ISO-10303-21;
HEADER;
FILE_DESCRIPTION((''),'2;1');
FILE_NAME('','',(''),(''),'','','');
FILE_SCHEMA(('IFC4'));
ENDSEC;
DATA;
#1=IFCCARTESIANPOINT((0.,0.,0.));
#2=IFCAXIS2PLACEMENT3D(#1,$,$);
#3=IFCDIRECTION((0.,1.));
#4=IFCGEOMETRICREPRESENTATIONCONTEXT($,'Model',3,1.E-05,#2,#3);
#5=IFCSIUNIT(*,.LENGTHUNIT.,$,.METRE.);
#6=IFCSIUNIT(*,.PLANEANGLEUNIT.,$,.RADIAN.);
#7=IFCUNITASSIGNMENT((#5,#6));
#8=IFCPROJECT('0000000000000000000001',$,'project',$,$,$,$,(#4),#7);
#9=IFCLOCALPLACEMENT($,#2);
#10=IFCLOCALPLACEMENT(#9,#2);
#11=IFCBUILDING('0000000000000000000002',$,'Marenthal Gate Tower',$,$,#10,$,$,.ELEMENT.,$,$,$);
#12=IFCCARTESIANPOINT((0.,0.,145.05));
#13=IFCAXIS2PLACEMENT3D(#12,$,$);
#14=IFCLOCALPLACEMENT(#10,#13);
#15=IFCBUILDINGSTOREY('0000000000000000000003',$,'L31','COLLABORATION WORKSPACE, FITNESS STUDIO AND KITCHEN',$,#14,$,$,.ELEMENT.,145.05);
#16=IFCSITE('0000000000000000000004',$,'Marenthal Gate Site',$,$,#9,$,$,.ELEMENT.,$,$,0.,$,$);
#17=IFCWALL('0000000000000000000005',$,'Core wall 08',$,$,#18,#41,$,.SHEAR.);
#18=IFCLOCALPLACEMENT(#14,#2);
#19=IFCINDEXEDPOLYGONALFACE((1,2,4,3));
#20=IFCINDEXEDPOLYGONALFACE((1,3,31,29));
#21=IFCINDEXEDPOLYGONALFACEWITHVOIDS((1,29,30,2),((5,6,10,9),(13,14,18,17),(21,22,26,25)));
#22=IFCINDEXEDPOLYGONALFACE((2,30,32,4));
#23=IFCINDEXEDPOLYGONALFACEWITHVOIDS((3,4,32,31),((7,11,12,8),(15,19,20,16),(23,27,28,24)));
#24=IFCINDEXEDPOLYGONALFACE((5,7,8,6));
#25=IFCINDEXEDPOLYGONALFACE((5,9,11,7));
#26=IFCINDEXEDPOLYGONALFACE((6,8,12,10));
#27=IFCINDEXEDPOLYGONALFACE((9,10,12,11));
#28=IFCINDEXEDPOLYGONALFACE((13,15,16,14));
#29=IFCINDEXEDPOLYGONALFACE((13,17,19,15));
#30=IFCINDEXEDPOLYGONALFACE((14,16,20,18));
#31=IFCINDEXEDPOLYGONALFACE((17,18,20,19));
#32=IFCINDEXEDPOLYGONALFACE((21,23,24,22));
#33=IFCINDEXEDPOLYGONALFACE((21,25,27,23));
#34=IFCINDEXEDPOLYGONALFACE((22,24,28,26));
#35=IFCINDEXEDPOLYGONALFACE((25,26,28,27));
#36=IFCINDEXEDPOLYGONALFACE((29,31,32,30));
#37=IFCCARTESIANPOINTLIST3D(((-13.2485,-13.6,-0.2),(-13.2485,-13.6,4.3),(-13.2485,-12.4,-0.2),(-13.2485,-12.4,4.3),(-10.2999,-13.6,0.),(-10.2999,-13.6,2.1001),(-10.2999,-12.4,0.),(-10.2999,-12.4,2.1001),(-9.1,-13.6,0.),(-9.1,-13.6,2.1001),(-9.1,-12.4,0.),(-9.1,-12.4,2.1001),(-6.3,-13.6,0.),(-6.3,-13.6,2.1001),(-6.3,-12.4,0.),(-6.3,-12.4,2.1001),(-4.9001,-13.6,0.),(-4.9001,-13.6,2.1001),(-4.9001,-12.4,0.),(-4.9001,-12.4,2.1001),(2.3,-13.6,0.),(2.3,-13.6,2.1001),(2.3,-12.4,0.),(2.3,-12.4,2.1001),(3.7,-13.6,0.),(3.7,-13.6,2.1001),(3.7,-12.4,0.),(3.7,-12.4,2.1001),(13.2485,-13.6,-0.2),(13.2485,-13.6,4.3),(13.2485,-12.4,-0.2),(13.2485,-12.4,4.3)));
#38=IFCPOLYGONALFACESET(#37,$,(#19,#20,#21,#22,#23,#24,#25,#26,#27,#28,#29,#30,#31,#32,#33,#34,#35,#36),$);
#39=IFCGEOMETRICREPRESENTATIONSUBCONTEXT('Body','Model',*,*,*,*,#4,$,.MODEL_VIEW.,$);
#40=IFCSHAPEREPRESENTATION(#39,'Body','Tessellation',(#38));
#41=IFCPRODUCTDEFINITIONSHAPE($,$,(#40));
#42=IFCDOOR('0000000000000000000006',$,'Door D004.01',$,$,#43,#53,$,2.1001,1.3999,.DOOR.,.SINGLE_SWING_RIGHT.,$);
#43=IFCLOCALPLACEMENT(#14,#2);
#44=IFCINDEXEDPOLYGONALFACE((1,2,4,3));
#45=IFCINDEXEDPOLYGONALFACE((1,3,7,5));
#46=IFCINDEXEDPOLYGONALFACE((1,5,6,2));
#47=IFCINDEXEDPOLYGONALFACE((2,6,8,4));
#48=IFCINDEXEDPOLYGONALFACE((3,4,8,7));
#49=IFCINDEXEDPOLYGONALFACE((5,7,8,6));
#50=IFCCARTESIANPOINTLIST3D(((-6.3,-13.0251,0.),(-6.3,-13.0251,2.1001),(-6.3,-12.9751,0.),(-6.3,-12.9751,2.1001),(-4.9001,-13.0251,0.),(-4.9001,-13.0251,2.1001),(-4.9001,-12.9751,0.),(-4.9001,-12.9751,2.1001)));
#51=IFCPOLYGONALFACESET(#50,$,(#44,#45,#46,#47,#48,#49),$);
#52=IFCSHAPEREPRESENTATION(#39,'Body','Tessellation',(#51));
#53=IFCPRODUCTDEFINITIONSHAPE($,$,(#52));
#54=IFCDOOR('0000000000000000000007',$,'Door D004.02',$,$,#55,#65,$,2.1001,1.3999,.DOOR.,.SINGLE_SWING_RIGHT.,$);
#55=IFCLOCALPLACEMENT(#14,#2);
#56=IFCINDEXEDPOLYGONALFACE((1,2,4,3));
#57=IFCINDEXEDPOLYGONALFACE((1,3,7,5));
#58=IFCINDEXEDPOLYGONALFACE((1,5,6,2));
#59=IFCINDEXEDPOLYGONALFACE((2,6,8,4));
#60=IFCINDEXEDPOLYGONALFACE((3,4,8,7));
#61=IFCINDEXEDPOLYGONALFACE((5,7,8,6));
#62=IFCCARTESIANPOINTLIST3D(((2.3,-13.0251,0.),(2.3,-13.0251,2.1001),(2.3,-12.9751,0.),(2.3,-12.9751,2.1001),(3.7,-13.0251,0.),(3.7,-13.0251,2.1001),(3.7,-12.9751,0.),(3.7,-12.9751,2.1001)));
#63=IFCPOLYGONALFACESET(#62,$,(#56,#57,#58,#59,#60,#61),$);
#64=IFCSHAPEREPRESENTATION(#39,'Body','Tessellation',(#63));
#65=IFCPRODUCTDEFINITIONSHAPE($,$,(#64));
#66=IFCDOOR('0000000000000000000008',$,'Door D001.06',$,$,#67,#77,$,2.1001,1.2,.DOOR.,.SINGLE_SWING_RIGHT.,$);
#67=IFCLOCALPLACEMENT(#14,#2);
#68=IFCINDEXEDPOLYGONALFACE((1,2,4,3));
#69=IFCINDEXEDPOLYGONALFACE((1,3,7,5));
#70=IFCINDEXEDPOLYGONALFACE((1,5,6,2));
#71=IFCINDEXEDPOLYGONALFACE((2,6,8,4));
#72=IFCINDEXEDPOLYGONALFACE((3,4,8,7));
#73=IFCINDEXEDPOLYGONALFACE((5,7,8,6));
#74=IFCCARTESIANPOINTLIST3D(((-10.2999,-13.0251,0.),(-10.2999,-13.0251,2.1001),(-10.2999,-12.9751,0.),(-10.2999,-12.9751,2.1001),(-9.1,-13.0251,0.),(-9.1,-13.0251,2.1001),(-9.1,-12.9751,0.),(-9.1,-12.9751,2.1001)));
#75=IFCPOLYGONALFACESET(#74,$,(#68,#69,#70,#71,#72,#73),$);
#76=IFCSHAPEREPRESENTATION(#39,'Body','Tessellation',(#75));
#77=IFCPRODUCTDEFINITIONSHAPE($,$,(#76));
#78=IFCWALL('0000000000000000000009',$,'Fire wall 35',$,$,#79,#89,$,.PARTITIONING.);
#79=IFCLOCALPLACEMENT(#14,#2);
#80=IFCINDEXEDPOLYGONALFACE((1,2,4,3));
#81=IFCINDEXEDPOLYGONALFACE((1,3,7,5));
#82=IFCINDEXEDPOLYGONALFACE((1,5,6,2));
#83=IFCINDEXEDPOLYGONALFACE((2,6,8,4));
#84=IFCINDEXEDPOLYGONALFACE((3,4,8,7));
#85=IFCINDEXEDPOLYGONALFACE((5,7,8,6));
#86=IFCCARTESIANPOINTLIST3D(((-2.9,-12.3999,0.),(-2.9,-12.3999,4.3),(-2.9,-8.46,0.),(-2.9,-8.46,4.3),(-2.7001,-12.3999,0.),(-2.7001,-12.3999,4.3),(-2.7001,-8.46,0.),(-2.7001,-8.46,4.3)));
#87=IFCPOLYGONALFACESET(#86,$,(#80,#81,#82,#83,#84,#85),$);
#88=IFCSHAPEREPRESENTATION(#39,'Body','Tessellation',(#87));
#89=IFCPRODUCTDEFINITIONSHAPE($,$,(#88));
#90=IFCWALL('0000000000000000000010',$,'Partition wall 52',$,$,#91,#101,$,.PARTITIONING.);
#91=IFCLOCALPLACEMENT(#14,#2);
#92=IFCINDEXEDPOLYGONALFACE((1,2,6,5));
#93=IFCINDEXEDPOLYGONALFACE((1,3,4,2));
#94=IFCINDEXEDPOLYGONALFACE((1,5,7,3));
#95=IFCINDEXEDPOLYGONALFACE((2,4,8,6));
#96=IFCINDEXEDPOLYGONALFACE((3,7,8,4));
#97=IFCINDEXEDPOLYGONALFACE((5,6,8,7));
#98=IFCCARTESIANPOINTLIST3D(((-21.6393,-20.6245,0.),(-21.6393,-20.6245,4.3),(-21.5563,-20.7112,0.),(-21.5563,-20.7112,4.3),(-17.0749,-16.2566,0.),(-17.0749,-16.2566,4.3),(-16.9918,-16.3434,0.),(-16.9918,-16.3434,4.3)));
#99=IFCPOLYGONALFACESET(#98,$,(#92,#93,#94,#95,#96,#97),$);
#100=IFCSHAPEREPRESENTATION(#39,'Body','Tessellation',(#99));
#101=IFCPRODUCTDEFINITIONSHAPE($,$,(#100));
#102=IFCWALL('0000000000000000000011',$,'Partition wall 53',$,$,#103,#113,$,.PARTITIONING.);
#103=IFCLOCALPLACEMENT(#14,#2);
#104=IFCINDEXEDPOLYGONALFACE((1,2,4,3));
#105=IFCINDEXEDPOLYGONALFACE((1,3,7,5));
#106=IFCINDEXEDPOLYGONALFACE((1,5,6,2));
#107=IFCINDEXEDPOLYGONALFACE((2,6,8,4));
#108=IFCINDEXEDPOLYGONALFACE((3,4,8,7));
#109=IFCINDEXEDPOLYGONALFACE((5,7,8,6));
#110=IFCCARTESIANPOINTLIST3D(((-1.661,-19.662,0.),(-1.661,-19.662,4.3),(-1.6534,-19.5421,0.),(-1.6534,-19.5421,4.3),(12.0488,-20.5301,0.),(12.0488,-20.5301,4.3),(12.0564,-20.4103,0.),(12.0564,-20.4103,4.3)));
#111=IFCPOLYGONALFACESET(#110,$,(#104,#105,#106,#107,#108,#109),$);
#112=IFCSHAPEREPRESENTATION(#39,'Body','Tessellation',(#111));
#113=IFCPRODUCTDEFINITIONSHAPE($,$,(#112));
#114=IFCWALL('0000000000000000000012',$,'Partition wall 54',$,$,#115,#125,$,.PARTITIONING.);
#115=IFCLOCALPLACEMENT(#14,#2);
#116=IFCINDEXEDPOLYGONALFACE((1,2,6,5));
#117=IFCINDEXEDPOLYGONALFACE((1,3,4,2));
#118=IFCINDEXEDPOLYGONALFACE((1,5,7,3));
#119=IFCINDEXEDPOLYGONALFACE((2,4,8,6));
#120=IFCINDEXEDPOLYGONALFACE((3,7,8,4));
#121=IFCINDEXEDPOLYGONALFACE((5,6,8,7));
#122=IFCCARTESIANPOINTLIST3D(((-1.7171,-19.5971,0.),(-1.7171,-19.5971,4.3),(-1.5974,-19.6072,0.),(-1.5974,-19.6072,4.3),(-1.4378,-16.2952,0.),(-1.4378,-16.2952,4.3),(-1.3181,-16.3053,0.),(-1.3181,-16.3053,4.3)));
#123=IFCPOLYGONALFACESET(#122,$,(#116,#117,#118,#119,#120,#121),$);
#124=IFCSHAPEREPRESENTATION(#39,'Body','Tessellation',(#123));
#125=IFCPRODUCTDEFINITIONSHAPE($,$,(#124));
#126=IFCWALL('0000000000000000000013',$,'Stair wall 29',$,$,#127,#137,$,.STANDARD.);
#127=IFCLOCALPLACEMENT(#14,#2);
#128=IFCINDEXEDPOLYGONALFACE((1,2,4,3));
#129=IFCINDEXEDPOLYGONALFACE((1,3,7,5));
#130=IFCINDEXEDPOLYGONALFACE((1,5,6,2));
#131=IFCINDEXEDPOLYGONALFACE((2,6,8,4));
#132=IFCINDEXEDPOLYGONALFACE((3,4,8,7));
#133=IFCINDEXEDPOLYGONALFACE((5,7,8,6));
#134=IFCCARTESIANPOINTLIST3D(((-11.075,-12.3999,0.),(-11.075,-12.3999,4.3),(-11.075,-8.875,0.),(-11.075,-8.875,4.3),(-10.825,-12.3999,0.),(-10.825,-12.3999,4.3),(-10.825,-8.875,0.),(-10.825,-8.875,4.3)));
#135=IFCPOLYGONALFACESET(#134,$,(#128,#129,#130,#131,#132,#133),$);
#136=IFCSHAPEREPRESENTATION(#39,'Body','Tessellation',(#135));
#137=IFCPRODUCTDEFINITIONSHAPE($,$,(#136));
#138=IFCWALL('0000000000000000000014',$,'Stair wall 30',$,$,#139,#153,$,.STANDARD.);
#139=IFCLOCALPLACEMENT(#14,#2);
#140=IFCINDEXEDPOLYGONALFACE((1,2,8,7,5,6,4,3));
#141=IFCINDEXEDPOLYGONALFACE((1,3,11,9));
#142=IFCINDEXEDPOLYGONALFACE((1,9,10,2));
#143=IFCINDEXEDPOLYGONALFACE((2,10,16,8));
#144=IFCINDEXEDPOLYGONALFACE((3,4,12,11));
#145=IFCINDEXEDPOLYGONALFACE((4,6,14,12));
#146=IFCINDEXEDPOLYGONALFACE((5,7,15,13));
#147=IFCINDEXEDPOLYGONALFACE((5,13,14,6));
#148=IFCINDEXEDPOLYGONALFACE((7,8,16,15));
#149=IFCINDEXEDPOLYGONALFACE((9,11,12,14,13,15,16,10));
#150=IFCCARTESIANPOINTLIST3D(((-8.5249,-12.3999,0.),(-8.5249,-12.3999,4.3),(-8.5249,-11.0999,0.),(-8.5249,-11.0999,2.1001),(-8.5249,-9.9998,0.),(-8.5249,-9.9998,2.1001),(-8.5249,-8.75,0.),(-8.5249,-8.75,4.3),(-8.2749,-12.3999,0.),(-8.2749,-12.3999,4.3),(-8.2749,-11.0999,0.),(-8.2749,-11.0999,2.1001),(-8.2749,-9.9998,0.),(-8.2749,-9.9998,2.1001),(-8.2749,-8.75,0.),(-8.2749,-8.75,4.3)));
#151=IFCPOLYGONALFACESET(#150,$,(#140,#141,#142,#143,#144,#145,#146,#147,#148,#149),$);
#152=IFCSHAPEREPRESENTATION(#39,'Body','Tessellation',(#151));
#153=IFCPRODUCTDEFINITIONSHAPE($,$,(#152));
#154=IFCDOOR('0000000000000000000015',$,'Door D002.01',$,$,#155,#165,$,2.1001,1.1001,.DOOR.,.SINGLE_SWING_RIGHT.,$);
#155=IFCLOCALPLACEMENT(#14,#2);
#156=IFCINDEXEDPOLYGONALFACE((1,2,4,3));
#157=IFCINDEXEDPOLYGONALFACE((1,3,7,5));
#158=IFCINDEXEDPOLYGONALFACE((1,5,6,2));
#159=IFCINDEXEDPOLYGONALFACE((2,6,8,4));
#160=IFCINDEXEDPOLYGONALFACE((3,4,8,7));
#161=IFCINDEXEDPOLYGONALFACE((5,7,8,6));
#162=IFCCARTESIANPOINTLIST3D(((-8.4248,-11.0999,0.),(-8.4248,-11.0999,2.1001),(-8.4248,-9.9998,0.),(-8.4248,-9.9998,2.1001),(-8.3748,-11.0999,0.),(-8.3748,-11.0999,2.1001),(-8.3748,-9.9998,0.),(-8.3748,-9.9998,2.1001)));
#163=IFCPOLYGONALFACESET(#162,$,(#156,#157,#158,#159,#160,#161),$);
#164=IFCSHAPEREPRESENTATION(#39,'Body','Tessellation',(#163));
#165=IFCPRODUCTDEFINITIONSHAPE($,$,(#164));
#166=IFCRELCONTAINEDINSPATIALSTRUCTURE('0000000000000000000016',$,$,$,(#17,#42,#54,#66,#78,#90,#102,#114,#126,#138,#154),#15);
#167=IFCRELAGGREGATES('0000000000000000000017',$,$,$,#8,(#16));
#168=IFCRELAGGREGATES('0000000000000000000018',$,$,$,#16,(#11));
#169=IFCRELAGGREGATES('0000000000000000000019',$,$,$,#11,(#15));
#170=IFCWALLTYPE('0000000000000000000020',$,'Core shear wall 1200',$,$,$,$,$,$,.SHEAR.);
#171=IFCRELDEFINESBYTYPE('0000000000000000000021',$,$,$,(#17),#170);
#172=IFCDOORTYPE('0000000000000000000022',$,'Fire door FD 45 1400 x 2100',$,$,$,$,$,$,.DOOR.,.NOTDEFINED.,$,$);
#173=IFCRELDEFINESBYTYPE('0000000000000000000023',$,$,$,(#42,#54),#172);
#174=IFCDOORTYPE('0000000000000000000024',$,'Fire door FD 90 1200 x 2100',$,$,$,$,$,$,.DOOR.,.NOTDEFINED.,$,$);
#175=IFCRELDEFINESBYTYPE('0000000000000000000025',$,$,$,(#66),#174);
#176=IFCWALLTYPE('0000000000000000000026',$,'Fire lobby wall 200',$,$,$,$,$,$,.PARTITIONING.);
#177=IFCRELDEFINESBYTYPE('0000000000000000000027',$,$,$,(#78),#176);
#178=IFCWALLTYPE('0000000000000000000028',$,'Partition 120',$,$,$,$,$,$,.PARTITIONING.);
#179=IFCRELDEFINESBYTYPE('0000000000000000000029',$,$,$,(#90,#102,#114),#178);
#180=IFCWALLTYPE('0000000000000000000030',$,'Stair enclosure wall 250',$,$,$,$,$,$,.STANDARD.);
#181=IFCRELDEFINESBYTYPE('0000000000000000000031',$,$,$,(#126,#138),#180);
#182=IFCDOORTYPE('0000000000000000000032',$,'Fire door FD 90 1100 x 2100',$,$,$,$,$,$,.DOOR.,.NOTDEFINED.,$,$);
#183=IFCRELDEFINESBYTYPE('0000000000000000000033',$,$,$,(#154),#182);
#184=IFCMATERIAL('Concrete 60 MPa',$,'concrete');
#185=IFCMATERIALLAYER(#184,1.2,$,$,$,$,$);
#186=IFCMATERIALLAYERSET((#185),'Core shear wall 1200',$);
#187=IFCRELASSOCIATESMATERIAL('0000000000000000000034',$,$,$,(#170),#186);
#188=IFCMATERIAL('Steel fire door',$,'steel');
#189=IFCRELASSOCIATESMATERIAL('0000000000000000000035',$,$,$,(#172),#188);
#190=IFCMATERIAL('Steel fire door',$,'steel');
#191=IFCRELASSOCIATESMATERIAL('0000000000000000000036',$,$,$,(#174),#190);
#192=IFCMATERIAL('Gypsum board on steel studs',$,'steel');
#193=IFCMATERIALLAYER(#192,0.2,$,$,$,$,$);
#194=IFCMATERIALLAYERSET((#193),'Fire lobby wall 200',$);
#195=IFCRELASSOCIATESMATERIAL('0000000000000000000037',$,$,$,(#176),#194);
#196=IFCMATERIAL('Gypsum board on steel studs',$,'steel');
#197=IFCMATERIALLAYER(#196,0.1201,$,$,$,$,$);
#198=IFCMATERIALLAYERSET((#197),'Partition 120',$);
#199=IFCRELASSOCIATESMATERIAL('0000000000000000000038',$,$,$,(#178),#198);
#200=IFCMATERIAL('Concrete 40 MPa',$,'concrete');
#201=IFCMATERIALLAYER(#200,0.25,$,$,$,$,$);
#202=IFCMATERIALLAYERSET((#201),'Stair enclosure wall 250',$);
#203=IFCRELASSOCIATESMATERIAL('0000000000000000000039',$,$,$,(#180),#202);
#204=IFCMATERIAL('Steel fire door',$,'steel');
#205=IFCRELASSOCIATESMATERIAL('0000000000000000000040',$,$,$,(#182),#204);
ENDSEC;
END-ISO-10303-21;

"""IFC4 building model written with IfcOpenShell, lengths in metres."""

from ifc_helpers import new_model, si_unit, direction, frame, frame_2d, origin, place, context, subcontext, project, spatial, rectangle, extrude, material, layer, layer_set, type_object, element, fill, save


model = new_model("IFC4")

# Units and contexts
model_context = context("Model", 3, precision=1e-05, world=origin(), true_north=direction((0.0, 1.0)))
body_context = subcontext(model_context, "Body", "Model", "MODEL_VIEW")
ifc_project = project(units=[si_unit("LENGTHUNIT", "METRE"), si_unit("PLANEANGLEUNIT", "RADIAN")], contexts=[model_context])

# Site, building, storey
site_placement = place(None, origin())
site = spatial("IfcSite", under=ifc_project, at=site_placement, Name="Marenthal Gate Site", CompositionType="ELEMENT", RefElevation=0.0)
building_placement = place(site_placement, origin())
building = spatial("IfcBuilding", under=site, at=building_placement, Name="Marenthal Gate Tower", CompositionType="ELEMENT")
storey_placement = place(building_placement, frame((0.0, 0.0, 145.05)))
storey = spatial("IfcBuildingStorey", under=building, at=storey_placement, Name="L31", Description="COLLABORATION WORKSPACE, FITNESS STUDIO AND KITCHEN", CompositionType="ELEMENT", Elevation=145.05)

# Shared definitions
ifc_material_1 = material(Name="Concrete 60 MPa", Category="concrete")
ifc_layer_1 = layer(ifc_material_1, 1.2)
ifc_layer_set_1 = layer_set([ifc_layer_1], Name="Core shear wall 1200")
wall_type_1 = type_object("IfcWallType", Name="Core shear wall 1200", PredefinedType="SHEAR", material=ifc_layer_set_1)

# Wall, openings, doors
wall_1_placement = place(storey_placement, frame((-13.2485, -13.0, -0.2), z_axis=(0.0, 0.0, 1.0), x_axis=(1.0, 0.0, 0.0)))
wall_1 = element("IfcWall", 1, at=wall_1_placement, inside=storey, type_object=wall_type_1, Name="Core wall 08", PredefinedType="SHEAR", context=body_context, shape_type="SweptSolid", body=[
    extrude(rectangle(XDim=26.4971, YDim=1.2, at=frame_2d((13.2485, 0.0))), origin(), (0.0, 0.0, 1.0), 4.5),
])
opening_1_placement = place(wall_1_placement, frame((2.9485, 0.0, 0.2)))
opening_1 = element("IfcOpeningElement", 2, at=opening_1_placement, cuts=wall_1, PredefinedType="OPENING", context=body_context, shape_type="SweptSolid", body=[
    extrude(rectangle(XDim=1.2, YDim=2.1001, at=frame_2d((0.6001, 1.05))), frame((0.0, 0.6099, 0.0), z_axis=(0.0, -1.0, 0.0), x_axis=(1.0, 0.0, 0.0)), (0.0, 0.0, 1.0), 1.22),
])
opening_2_placement = place(wall_1_placement, frame((6.9485, 0.0, 0.2)))
opening_2 = element("IfcOpeningElement", 3, at=opening_2_placement, cuts=wall_1, PredefinedType="OPENING", context=body_context, shape_type="SweptSolid", body=[
    extrude(rectangle(XDim=1.3999, YDim=2.1001, at=frame_2d((0.7, 1.05))), frame((0.0, 0.6099, 0.0), z_axis=(0.0, -1.0, 0.0), x_axis=(1.0, 0.0, 0.0)), (0.0, 0.0, 1.0), 1.22),
])
opening_3_placement = place(wall_1_placement, frame((15.5486, 0.0, 0.2)))
opening_3 = element("IfcOpeningElement", 4, at=opening_3_placement, cuts=wall_1, PredefinedType="OPENING", context=body_context, shape_type="SweptSolid", body=[
    extrude(rectangle(XDim=1.3999, YDim=2.1001, at=frame_2d((0.7, 1.05))), frame((0.0, 0.6099, 0.0), z_axis=(0.0, -1.0, 0.0), x_axis=(1.0, 0.0, 0.0)), (0.0, 0.0, 1.0), 1.22),
])
ifc_material_2 = material(Name="Steel fire door", Category="steel")
door_type_1 = type_object("IfcDoorType", Name="Fire door FD 45 1400 x 2100", OperationType="NOTDEFINED", PredefinedType="DOOR", material=ifc_material_2)
door_1_placement = place(opening_2_placement, origin())
door_1 = element("IfcDoor", 5, at=door_1_placement, inside=storey, type_object=door_type_1, Name="Door D004.01", OperationType="SINGLE_SWING_RIGHT", OverallHeight=2.1001, OverallWidth=1.3999, PredefinedType="DOOR", context=body_context, shape_type="SweptSolid", body=[
    extrude(rectangle(XDim=1.3999, YDim=2.1001, at=frame_2d((0.7, 1.05))), frame((0.0, 0.0249, 0.0), z_axis=(0.0, -1.0, 0.0), x_axis=(1.0, 0.0, 0.0)), (0.0, 0.0, 1.0), 0.05),
])
fill(opening_2, door_1)
door_2_placement = place(opening_3_placement, origin())
door_2 = element("IfcDoor", 6, at=door_2_placement, inside=storey, type_object=door_type_1, Name="Door D004.02", OperationType="SINGLE_SWING_RIGHT", OverallHeight=2.1001, OverallWidth=1.3999, PredefinedType="DOOR", context=body_context, shape_type="SweptSolid", body=[
    extrude(rectangle(XDim=1.3999, YDim=2.1001, at=frame_2d((0.7, 1.05))), frame((0.0, 0.0249, 0.0), z_axis=(0.0, -1.0, 0.0), x_axis=(1.0, 0.0, 0.0)), (0.0, 0.0, 1.0), 0.05),
])
fill(opening_3, door_2)
ifc_material_3 = material(Name="Steel fire door", Category="steel")
door_type_2 = type_object("IfcDoorType", Name="Fire door FD 90 1200 x 2100", OperationType="NOTDEFINED", PredefinedType="DOOR", material=ifc_material_3)
door_3_placement = place(opening_1_placement, origin())
door_3 = element("IfcDoor", 7, at=door_3_placement, inside=storey, type_object=door_type_2, Name="Door D001.06", OperationType="SINGLE_SWING_RIGHT", OverallHeight=2.1001, OverallWidth=1.2, PredefinedType="DOOR", context=body_context, shape_type="SweptSolid", body=[
    extrude(rectangle(XDim=1.2, YDim=2.1001, at=frame_2d((0.6001, 1.05))), frame((0.0, 0.0249, 0.0), z_axis=(0.0, -1.0, 0.0), x_axis=(1.0, 0.0, 0.0)), (0.0, 0.0, 1.0), 0.05),
])
fill(opening_1, door_3)

# Walls
ifc_material_4 = material(Name="Gypsum board on steel studs", Category="steel")
ifc_layer_2 = layer(ifc_material_4, 0.2)
ifc_layer_set_2 = layer_set([ifc_layer_2], Name="Fire lobby wall 200")
wall_type_2 = type_object("IfcWallType", Name="Fire lobby wall 200", PredefinedType="PARTITIONING", material=ifc_layer_set_2)
wall_2_placement = place(storey_placement, frame((-2.8, -12.3999, 0.0), z_axis=(0.0, 0.0, 1.0), x_axis=(0.0, 1.0, 0.0)))
element("IfcWall", 8, at=wall_2_placement, inside=storey, type_object=wall_type_2, Name="Fire wall 35", PredefinedType="PARTITIONING", context=body_context, shape_type="SweptSolid", body=[
    extrude(rectangle(XDim=3.9399, YDim=0.2, at=frame_2d((1.97, 0.0))), origin(), (0.0, 0.0, 1.0), 4.3),
])
ifc_material_5 = material(Name="Gypsum board on steel studs", Category="steel")
ifc_layer_3 = layer(ifc_material_5, 0.1201)
ifc_layer_set_3 = layer_set([ifc_layer_3], Name="Partition 120")
wall_type_3 = type_object("IfcWallType", Name="Partition 120", PredefinedType="PARTITIONING", material=ifc_layer_set_3)
wall_3_placement = place(storey_placement, frame((-17.0334, -16.3, 0.0), z_axis=(0.0, 0.0, 1.0), x_axis=(-0.72249, -0.691381, 0.0)))
element("IfcWall", 9, at=wall_3_placement, inside=storey, type_object=wall_type_3, Name="Partition wall 52", PredefinedType="PARTITIONING", context=body_context, shape_type="SweptSolid", body=[
    extrude(rectangle(XDim=6.3176, YDim=0.1201, at=frame_2d((3.1587, 0.0))), origin(), (0.0, 0.0, 1.0), 4.3),
])
wall_4_placement = place(storey_placement, frame((-1.6572, -19.6021, 0.0), z_axis=(0.0, 0.0, 1.0), x_axis=(0.998001, -0.063197, 0.0)))
element("IfcWall", 10, at=wall_4_placement, inside=storey, type_object=wall_type_3, Name="Partition wall 53", PredefinedType="PARTITIONING", context=body_context, shape_type="SweptSolid", body=[
    extrude(rectangle(XDim=13.7373, YDim=0.1201, at=frame_2d((6.8687, 0.0))), origin(), (0.0, 0.0, 1.0), 4.3),
])
wall_5_placement = place(storey_placement, frame((-1.6572, -19.6021, 0.0), z_axis=(0.0, 0.0, 1.0), x_axis=(0.084283, 0.996442, 0.0)))
element("IfcWall", 11, at=wall_5_placement, inside=storey, type_object=wall_type_3, Name="Partition wall 54", PredefinedType="PARTITIONING", context=body_context, shape_type="SweptSolid", body=[
    extrude(rectangle(XDim=3.3137, YDim=0.1201, at=frame_2d((1.6567, 0.0))), origin(), (0.0, 0.0, 1.0), 4.3),
])
ifc_material_6 = material(Name="Concrete 40 MPa", Category="concrete")
ifc_layer_4 = layer(ifc_material_6, 0.25)
ifc_layer_set_4 = layer_set([ifc_layer_4], Name="Stair enclosure wall 250")
wall_type_4 = type_object("IfcWallType", Name="Stair enclosure wall 250", PredefinedType="STANDARD", material=ifc_layer_set_4)
wall_6_placement = place(storey_placement, frame((-10.95, -12.3999, 0.0), z_axis=(0.0, 0.0, 1.0), x_axis=(0.0, 1.0, 0.0)))
element("IfcWall", 12, at=wall_6_placement, inside=storey, type_object=wall_type_4, Name="Stair wall 29", PredefinedType="STANDARD", context=body_context, shape_type="SweptSolid", body=[
    extrude(rectangle(XDim=3.5249, YDim=0.25, at=frame_2d((1.7625, 0.0))), origin(), (0.0, 0.0, 1.0), 4.3),
])

# Wall, opening, door
wall_7_placement = place(storey_placement, frame((-8.3999, -12.3999, 0.0), z_axis=(0.0, 0.0, 1.0), x_axis=(0.0, 1.0, 0.0)))
wall_7 = element("IfcWall", 13, at=wall_7_placement, inside=storey, type_object=wall_type_4, Name="Stair wall 30", PredefinedType="STANDARD", context=body_context, shape_type="SweptSolid", body=[
    extrude(rectangle(XDim=3.6499, YDim=0.25, at=frame_2d((1.825, 0.0))), origin(), (0.0, 0.0, 1.0), 4.3),
])
opening_4_placement = place(wall_7_placement, frame((1.3, 0.0, 0.0)))
opening_4 = element("IfcOpeningElement", 14, at=opening_4_placement, cuts=wall_7, PredefinedType="OPENING", context=body_context, shape_type="SweptSolid", body=[
    extrude(rectangle(XDim=1.1001, YDim=2.1001, at=frame_2d((0.55, 1.05))), frame((0.0, 0.135, 0.0), z_axis=(0.0, -1.0, 0.0), x_axis=(1.0, 0.0, 0.0)), (0.0, 0.0, 1.0), 0.27),
])
ifc_material_7 = material(Name="Steel fire door", Category="steel")
door_type_3 = type_object("IfcDoorType", Name="Fire door FD 90 1100 x 2100", OperationType="NOTDEFINED", PredefinedType="DOOR", material=ifc_material_7)
door_4_placement = place(opening_4_placement, origin())
door_4 = element("IfcDoor", 15, at=door_4_placement, inside=storey, type_object=door_type_3, Name="Door D002.01", OperationType="SINGLE_SWING_RIGHT", OverallHeight=2.1001, OverallWidth=1.1001, PredefinedType="DOOR", context=body_context, shape_type="SweptSolid", body=[
    extrude(rectangle(XDim=1.1001, YDim=2.1001, at=frame_2d((0.55, 1.05))), frame((0.0, 0.0249, 0.0), z_axis=(0.0, -1.0, 0.0), x_axis=(1.0, 0.0, 0.0)), (0.0, 0.0, 1.0), 0.05),
])
fill(opening_4, door_4)

save(model, "model.ifc")
